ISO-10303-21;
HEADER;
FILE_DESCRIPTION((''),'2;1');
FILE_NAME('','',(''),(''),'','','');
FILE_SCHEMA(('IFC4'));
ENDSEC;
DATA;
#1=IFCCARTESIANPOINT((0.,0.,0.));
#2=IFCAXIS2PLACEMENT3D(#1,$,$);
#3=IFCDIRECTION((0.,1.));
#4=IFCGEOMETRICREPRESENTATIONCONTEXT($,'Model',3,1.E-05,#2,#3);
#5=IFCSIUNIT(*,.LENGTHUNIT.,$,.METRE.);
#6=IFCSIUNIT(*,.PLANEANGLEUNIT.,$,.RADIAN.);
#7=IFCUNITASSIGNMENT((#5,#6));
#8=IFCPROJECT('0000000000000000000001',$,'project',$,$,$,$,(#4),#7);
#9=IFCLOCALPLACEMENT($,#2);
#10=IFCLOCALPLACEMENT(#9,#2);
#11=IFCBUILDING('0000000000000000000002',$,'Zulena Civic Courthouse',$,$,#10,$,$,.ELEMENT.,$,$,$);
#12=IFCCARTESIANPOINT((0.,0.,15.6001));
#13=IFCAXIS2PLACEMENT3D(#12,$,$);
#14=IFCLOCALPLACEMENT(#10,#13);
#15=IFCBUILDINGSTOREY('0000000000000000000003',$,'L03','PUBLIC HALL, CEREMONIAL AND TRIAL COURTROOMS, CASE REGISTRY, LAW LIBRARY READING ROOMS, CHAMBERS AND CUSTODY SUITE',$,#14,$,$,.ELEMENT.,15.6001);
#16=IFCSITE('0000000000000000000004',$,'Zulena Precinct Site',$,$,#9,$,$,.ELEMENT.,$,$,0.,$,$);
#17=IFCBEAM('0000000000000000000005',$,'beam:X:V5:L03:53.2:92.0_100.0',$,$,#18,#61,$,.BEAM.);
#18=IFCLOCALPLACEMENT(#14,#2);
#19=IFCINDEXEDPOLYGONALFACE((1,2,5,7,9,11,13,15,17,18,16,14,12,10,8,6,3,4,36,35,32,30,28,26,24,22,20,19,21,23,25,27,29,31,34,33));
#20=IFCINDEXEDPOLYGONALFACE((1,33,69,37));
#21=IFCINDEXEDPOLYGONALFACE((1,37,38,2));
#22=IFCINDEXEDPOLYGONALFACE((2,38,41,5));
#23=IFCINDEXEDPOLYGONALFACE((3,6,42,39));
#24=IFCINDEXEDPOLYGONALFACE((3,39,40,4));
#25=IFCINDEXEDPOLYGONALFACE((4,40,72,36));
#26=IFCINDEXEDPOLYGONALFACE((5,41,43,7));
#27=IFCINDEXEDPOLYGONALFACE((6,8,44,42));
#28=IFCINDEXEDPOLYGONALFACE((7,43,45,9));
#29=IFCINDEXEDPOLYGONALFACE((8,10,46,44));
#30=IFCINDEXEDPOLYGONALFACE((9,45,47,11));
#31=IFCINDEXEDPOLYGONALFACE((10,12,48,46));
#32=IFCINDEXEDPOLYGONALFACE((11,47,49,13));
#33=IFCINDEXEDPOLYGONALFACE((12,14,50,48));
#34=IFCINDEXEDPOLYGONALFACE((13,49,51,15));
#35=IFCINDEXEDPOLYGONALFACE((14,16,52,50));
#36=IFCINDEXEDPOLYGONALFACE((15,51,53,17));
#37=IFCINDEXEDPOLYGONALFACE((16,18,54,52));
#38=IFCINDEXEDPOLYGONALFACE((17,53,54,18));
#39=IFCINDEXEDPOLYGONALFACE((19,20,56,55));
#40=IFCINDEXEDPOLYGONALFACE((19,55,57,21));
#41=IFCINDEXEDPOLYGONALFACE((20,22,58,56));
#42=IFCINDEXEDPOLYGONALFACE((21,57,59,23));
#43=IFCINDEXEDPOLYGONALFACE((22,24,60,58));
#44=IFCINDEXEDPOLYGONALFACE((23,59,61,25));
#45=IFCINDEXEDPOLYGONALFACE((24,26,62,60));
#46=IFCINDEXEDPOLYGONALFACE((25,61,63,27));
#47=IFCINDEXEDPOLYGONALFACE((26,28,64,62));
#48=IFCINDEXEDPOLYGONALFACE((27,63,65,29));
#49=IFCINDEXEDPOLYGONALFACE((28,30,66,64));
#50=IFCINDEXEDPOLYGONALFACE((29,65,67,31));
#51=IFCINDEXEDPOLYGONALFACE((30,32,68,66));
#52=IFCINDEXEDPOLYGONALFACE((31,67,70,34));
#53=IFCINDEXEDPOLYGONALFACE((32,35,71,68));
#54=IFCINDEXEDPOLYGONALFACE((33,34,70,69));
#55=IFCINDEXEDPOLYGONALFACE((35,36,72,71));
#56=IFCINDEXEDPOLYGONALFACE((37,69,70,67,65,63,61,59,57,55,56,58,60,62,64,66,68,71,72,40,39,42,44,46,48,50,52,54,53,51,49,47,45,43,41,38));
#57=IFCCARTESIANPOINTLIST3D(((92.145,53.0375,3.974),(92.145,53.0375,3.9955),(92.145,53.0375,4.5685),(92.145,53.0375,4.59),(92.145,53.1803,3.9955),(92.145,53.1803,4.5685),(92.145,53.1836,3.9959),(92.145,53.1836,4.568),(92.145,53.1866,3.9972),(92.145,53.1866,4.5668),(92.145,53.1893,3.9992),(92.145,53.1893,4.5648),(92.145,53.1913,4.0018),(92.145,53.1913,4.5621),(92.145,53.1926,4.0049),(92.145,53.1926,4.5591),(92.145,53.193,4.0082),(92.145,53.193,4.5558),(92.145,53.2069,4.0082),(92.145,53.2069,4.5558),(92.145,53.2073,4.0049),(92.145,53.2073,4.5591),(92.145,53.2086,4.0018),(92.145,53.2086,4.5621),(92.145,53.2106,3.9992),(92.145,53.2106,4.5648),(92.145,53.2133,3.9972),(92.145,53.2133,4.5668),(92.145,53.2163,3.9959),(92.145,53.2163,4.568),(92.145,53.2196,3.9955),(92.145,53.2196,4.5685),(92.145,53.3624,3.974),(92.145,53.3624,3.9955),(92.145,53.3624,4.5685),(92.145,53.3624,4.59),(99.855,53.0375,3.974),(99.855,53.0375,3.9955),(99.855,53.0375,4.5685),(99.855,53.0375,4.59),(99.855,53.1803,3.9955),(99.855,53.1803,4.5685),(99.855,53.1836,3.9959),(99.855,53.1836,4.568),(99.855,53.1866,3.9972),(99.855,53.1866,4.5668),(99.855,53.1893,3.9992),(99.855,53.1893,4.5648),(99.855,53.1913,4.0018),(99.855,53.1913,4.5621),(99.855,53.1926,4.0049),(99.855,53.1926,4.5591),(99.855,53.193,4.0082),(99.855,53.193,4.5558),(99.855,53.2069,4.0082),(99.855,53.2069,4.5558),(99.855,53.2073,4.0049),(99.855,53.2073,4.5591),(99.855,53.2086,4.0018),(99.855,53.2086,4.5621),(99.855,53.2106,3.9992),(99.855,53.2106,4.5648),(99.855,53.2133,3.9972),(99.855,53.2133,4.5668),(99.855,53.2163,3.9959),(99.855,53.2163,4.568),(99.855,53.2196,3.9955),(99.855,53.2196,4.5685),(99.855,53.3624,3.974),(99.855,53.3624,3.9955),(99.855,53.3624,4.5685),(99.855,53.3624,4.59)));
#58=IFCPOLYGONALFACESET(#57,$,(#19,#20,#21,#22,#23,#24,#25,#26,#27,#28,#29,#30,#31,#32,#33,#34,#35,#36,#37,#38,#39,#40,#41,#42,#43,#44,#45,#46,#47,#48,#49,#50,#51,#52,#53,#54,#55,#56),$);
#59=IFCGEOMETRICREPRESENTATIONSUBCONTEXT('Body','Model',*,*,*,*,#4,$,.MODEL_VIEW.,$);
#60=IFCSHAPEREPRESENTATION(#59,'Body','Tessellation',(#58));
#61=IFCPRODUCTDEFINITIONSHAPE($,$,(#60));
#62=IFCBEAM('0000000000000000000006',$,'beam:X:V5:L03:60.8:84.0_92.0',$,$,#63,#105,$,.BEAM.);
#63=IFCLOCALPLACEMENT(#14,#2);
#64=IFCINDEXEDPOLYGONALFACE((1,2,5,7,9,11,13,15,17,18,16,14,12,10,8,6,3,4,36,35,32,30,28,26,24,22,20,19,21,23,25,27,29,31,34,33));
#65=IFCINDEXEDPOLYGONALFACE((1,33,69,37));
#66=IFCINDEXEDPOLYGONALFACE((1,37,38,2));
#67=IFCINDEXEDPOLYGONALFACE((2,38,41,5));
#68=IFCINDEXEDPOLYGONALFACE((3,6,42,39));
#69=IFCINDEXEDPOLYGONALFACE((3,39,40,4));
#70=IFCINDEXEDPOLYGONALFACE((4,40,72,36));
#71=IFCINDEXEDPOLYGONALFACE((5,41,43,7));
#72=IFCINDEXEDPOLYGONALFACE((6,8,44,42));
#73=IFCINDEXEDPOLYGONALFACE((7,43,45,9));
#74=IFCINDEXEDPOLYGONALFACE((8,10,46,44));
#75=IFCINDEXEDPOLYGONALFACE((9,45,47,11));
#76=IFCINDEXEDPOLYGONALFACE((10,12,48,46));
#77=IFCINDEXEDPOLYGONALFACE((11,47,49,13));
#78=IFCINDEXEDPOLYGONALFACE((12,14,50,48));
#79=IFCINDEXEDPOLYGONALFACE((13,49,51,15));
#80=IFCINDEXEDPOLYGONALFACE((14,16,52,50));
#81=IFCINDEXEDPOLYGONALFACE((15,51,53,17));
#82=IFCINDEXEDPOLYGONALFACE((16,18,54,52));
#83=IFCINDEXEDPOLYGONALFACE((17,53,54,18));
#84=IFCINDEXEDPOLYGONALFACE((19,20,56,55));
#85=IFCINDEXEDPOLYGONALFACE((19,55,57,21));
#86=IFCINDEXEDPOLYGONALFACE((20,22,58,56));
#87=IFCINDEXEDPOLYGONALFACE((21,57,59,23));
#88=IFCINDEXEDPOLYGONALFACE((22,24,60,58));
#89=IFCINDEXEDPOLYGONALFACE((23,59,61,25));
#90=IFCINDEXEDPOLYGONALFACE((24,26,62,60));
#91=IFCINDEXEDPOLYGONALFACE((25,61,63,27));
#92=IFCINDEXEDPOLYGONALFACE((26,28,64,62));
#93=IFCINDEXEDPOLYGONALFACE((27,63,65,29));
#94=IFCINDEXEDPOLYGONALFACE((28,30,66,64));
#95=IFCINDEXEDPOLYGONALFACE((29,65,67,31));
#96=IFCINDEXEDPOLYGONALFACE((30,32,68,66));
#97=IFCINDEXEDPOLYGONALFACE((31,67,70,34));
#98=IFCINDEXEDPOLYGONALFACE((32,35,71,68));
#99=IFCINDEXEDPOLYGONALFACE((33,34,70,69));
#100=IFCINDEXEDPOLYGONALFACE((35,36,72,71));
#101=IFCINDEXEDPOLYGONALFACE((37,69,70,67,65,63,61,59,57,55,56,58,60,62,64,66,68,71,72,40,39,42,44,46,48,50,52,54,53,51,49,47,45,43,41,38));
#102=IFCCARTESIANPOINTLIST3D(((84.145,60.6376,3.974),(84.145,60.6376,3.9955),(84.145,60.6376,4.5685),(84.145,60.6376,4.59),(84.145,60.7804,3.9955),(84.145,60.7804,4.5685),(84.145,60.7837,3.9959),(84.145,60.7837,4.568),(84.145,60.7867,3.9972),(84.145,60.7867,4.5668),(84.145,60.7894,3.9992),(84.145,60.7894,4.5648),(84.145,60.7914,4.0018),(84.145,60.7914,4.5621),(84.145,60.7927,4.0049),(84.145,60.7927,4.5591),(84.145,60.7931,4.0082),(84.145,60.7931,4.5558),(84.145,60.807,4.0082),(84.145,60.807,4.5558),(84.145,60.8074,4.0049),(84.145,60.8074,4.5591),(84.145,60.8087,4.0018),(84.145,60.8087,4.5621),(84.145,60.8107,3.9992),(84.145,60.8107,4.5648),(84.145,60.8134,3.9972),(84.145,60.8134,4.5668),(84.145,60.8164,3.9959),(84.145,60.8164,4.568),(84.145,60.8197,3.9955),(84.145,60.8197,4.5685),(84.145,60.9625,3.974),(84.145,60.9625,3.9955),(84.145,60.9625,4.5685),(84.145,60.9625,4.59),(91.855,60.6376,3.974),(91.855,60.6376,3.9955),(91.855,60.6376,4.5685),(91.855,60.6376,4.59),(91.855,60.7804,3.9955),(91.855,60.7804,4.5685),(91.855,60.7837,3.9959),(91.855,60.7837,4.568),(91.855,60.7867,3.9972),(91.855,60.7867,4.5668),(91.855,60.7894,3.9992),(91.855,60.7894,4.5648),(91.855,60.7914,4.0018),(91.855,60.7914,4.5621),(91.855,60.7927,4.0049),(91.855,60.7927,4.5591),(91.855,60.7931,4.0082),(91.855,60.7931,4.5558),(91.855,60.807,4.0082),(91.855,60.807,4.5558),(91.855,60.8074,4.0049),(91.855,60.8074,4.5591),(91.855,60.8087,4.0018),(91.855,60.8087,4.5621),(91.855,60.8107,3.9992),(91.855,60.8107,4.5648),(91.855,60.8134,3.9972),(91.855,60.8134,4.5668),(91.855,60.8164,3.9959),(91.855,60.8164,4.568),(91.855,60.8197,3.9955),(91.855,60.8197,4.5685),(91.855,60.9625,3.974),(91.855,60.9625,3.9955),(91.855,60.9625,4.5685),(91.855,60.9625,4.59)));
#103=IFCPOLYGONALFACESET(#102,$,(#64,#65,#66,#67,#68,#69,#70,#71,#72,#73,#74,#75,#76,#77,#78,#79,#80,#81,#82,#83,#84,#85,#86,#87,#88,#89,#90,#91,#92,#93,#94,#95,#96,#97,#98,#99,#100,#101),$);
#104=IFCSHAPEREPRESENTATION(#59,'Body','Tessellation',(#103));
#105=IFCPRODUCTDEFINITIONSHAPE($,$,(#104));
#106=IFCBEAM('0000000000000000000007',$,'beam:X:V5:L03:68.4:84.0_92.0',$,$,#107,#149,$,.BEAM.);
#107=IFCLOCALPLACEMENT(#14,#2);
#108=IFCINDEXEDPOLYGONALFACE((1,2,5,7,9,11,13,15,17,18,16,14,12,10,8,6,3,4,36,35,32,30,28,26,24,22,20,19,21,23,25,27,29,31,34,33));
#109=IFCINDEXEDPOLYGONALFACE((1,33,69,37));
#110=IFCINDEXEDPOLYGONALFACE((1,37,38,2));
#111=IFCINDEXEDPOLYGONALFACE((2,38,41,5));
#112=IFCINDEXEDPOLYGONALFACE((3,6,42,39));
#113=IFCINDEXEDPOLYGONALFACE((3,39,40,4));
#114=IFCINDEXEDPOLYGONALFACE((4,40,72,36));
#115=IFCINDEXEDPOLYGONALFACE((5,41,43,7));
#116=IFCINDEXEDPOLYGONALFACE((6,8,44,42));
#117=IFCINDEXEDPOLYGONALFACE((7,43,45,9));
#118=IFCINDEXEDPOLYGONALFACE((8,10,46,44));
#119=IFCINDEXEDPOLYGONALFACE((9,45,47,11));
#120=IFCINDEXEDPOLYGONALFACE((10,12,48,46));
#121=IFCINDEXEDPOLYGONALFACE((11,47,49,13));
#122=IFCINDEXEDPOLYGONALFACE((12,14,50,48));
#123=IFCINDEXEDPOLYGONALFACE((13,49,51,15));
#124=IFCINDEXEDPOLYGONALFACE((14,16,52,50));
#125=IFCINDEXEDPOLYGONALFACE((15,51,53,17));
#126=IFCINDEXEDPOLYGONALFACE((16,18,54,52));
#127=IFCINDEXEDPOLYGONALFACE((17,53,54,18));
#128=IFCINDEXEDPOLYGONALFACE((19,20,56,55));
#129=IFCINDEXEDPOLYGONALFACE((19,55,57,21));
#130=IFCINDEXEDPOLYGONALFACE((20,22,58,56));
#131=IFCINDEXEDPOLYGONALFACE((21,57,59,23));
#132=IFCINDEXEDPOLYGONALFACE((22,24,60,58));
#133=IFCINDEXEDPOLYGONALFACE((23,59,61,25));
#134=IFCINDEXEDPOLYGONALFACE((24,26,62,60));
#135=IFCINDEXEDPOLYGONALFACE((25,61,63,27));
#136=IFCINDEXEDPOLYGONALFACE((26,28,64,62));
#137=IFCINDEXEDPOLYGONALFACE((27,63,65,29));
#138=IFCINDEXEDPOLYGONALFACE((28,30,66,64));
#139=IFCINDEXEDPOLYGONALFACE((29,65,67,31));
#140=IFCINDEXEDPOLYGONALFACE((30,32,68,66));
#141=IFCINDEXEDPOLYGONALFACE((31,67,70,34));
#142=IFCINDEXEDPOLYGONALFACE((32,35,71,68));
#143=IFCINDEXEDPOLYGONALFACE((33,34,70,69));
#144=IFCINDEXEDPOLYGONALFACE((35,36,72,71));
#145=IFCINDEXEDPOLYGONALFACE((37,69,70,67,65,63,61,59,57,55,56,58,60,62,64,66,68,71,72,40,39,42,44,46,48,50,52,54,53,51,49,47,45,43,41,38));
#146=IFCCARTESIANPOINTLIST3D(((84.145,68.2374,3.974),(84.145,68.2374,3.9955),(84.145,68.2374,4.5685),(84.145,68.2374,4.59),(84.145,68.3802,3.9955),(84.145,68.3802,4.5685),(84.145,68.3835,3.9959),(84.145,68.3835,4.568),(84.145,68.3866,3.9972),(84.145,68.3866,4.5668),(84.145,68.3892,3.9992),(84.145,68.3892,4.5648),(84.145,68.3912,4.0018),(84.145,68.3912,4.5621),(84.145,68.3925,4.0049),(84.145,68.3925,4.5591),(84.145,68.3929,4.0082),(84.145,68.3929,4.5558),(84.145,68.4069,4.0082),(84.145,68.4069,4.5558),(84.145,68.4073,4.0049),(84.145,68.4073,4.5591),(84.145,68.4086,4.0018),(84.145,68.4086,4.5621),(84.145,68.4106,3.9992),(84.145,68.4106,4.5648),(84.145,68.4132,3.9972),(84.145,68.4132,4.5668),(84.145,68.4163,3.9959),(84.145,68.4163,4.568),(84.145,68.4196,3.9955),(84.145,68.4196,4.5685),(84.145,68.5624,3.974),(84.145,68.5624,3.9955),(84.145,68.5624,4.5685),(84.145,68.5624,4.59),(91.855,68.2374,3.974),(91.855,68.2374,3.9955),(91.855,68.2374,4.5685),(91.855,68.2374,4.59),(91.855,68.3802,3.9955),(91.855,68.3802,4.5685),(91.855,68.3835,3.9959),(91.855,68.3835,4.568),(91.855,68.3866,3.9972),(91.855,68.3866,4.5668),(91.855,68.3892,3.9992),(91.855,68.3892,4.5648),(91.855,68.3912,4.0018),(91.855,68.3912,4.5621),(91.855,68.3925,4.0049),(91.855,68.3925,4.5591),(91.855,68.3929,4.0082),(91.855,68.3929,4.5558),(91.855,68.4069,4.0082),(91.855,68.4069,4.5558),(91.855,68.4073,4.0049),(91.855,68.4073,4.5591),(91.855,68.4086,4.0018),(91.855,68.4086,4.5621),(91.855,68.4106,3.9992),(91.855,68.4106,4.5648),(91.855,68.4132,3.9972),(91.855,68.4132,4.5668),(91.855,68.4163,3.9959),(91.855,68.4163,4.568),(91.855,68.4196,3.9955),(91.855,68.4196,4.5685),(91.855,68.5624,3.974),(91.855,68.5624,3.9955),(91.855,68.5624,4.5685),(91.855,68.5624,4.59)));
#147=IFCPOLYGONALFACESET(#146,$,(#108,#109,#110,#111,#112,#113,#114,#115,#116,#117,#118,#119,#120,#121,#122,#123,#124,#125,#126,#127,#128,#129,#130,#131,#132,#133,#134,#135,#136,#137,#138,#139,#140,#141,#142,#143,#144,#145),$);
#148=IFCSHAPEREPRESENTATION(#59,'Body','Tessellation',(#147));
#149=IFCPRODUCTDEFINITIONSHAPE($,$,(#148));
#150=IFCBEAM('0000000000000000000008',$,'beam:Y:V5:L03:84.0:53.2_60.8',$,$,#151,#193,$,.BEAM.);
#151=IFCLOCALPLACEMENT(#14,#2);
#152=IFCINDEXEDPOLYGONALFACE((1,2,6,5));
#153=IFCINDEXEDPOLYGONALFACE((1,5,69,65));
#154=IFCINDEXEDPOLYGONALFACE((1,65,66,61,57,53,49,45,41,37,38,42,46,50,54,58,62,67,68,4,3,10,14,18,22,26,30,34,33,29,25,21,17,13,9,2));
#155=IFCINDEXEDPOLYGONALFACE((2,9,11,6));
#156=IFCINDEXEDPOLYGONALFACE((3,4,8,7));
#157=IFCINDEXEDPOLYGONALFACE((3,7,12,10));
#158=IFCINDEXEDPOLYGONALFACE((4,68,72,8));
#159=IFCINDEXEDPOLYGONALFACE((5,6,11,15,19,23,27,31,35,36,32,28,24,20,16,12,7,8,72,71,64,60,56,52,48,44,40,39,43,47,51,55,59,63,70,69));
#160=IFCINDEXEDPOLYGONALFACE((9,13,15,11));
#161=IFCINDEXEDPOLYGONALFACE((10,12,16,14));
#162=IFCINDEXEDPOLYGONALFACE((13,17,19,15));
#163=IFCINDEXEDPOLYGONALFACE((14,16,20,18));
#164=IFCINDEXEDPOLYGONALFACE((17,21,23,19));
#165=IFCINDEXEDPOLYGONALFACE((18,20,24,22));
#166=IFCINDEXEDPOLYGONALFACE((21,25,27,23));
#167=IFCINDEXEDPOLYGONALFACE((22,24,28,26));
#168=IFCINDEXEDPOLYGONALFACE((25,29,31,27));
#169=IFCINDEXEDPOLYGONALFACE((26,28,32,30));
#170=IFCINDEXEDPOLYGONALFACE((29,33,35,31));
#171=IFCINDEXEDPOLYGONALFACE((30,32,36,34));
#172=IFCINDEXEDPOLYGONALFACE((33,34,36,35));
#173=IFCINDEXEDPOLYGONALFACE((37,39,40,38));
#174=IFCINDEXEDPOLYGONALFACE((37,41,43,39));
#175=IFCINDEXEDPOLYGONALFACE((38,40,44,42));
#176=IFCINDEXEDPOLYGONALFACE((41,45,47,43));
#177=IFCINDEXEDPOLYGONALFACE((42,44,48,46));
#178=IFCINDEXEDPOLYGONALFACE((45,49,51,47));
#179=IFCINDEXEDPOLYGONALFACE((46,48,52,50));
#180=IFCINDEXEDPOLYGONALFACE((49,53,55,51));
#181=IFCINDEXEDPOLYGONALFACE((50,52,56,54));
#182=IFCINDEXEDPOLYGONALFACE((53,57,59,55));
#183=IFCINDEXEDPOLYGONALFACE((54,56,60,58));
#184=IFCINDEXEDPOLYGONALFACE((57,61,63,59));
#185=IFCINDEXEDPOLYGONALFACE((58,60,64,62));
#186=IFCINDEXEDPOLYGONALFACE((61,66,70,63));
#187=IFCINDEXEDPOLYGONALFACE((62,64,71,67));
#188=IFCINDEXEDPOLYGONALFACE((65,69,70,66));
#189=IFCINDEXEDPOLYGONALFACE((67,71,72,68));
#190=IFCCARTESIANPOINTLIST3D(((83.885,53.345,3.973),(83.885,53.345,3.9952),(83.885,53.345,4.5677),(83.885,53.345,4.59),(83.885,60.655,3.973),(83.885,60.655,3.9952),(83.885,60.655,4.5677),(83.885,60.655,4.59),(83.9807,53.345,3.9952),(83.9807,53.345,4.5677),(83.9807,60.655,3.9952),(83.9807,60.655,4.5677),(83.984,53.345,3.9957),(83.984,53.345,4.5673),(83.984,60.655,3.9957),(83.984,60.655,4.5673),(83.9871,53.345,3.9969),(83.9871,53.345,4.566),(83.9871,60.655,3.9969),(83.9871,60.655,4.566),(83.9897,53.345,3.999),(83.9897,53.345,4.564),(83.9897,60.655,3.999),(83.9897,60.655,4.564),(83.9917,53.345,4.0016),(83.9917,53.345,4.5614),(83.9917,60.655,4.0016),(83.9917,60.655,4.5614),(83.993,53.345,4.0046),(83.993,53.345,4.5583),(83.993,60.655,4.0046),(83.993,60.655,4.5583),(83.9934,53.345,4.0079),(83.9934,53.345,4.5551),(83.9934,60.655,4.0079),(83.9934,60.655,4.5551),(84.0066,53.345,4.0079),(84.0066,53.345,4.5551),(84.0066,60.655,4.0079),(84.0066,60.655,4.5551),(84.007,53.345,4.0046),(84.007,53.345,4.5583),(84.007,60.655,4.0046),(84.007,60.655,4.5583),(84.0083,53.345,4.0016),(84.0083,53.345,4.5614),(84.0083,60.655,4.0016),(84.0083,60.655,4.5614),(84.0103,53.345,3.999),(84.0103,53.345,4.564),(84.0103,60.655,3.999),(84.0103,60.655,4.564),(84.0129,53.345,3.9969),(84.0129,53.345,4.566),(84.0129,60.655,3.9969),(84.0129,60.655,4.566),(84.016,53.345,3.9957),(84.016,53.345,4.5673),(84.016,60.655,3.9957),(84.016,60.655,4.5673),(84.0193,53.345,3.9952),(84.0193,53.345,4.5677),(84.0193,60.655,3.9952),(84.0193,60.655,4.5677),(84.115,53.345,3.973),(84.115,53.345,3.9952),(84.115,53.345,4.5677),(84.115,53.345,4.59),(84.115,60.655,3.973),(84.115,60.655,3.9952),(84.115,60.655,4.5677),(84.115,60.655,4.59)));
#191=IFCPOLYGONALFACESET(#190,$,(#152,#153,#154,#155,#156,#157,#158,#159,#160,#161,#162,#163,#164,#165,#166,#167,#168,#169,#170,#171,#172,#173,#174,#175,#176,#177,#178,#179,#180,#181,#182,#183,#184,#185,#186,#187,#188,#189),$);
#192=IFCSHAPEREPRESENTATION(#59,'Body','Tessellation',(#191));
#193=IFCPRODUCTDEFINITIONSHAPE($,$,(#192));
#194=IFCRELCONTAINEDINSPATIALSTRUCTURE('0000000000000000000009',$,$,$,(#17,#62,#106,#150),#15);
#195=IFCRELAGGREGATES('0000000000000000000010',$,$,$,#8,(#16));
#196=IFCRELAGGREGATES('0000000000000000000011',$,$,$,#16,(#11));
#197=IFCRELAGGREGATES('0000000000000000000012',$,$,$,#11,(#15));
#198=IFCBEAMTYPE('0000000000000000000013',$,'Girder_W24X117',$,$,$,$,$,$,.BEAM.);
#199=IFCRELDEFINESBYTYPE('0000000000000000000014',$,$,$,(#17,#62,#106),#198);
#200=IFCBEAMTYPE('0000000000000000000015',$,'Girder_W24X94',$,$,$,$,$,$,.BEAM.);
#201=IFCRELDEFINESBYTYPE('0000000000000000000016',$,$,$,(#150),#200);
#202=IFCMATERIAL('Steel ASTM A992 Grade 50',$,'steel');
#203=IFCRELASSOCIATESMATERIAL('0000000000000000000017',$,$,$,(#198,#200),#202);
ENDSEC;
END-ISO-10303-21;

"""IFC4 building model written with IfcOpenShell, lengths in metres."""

from ifc_helpers import new_model, si_unit, direction, frame, origin, origin_2d, place, context, subcontext, project, spatial, i_section, extrude, material, material_profile, profile_set, type_object, element, save


model = new_model("IFC4")

# Units and contexts
model_context = context("Model", 3, precision=1e-05, world=origin(), true_north=direction((0.0, 1.0)))
body_context = subcontext(model_context, "Body", "Model", "MODEL_VIEW")
ifc_project = project(units=[si_unit("LENGTHUNIT", "METRE"), si_unit("PLANEANGLEUNIT", "RADIAN")], contexts=[model_context])

# Site, building, storey
site_placement = place(None, origin())
site = spatial("IfcSite", under=ifc_project, at=site_placement, Name="Zulena Precinct Site", CompositionType="ELEMENT", RefElevation=0.0)
building_placement = place(site_placement, origin())
building = spatial("IfcBuilding", under=site, at=building_placement, Name="Zulena Civic Courthouse", CompositionType="ELEMENT")
storey_placement = place(building_placement, frame((0.0, 0.0, 15.6001)))
storey = spatial("IfcBuildingStorey", under=building, at=storey_placement, Name="L03", Description="PUBLIC HALL, CEREMONIAL AND TRIAL COURTROOMS, CASE REGISTRY, LAW LIBRARY READING ROOMS, CHAMBERS AND CUSTODY SUITE", CompositionType="ELEMENT", Elevation=15.6001)

# Shared definitions
ifc_material_1 = material(Name="Steel ASTM A992 Grade 50", Category="steel")

# Beams
ifc_material_profile_1 = material_profile(ifc_material_1, i_section(OverallWidth=0.325, OverallDepth=0.616, WebThickness=0.0139, FlangeThickness=0.0215, FilletRadius=0.0127, at=origin_2d()), Name="W24X117")
ifc_profile_set_1 = profile_set([ifc_material_profile_1], Name="Steel ASTM A992 Grade 50")
beam_type_1 = type_object("IfcBeamType", Name="Girder_W24X117", PredefinedType="BEAM", material=ifc_profile_set_1)
for number, where, z_axis, x_axis, name in (
    (1, (92.145, 53.2, 4.282), (1.0, 0.0, 0.0), (0.0, 1.0, 0.0), "beam:X:V5:L03:53.2:92.0_100.0"),
    (2, (84.145, 60.8, 4.282), (1.0, 0.0, 0.0), (0.0, 1.0, 0.0), "beam:X:V5:L03:60.8:84.0_92.0"),
    (3, (84.145, 68.3999, 4.282), (1.0, 0.0, 0.0), (0.0, 1.0, 0.0), "beam:X:V5:L03:68.4:84.0_92.0"),
):
    element("IfcBeam", number, at=place(storey_placement, frame(where, z_axis=z_axis, x_axis=x_axis)), inside=storey, type_object=beam_type_1, Name=name, PredefinedType="BEAM", context=body_context, shape_type="SweptSolid", body=[
        extrude(i_section(OverallWidth=0.325, OverallDepth=0.616, WebThickness=0.0139, FlangeThickness=0.0215, FilletRadius=0.0127, at=origin_2d()), origin(), (0.0, 0.0, 1.0), 7.71),
    ])
ifc_material_profile_2 = material_profile(ifc_material_1, i_section(OverallWidth=0.23, OverallDepth=0.6169, WebThickness=0.0132, FlangeThickness=0.0222, FilletRadius=0.0127, at=origin_2d()), Name="W24X94")
ifc_profile_set_2 = profile_set([ifc_material_profile_2], Name="Steel ASTM A992 Grade 50")
beam_type_2 = type_object("IfcBeamType", Name="Girder_W24X94", PredefinedType="BEAM", material=ifc_profile_set_2)
beam_1_placement = place(storey_placement, frame((84.0, 53.345, 4.2815), z_axis=(0.0, 1.0, 0.0), x_axis=(-1.0, 0.0, 0.0)))
element("IfcBeam", 4, at=beam_1_placement, inside=storey, type_object=beam_type_2, Name="beam:Y:V5:L03:84.0:53.2_60.8", PredefinedType="BEAM", context=body_context, shape_type="SweptSolid", body=[
    extrude(i_section(OverallWidth=0.23, OverallDepth=0.6169, WebThickness=0.0132, FlangeThickness=0.0222, FilletRadius=0.0127, at=origin_2d()), origin(), (0.0, 0.0, 1.0), 7.3101),
])

save(model, "model.ifc")
